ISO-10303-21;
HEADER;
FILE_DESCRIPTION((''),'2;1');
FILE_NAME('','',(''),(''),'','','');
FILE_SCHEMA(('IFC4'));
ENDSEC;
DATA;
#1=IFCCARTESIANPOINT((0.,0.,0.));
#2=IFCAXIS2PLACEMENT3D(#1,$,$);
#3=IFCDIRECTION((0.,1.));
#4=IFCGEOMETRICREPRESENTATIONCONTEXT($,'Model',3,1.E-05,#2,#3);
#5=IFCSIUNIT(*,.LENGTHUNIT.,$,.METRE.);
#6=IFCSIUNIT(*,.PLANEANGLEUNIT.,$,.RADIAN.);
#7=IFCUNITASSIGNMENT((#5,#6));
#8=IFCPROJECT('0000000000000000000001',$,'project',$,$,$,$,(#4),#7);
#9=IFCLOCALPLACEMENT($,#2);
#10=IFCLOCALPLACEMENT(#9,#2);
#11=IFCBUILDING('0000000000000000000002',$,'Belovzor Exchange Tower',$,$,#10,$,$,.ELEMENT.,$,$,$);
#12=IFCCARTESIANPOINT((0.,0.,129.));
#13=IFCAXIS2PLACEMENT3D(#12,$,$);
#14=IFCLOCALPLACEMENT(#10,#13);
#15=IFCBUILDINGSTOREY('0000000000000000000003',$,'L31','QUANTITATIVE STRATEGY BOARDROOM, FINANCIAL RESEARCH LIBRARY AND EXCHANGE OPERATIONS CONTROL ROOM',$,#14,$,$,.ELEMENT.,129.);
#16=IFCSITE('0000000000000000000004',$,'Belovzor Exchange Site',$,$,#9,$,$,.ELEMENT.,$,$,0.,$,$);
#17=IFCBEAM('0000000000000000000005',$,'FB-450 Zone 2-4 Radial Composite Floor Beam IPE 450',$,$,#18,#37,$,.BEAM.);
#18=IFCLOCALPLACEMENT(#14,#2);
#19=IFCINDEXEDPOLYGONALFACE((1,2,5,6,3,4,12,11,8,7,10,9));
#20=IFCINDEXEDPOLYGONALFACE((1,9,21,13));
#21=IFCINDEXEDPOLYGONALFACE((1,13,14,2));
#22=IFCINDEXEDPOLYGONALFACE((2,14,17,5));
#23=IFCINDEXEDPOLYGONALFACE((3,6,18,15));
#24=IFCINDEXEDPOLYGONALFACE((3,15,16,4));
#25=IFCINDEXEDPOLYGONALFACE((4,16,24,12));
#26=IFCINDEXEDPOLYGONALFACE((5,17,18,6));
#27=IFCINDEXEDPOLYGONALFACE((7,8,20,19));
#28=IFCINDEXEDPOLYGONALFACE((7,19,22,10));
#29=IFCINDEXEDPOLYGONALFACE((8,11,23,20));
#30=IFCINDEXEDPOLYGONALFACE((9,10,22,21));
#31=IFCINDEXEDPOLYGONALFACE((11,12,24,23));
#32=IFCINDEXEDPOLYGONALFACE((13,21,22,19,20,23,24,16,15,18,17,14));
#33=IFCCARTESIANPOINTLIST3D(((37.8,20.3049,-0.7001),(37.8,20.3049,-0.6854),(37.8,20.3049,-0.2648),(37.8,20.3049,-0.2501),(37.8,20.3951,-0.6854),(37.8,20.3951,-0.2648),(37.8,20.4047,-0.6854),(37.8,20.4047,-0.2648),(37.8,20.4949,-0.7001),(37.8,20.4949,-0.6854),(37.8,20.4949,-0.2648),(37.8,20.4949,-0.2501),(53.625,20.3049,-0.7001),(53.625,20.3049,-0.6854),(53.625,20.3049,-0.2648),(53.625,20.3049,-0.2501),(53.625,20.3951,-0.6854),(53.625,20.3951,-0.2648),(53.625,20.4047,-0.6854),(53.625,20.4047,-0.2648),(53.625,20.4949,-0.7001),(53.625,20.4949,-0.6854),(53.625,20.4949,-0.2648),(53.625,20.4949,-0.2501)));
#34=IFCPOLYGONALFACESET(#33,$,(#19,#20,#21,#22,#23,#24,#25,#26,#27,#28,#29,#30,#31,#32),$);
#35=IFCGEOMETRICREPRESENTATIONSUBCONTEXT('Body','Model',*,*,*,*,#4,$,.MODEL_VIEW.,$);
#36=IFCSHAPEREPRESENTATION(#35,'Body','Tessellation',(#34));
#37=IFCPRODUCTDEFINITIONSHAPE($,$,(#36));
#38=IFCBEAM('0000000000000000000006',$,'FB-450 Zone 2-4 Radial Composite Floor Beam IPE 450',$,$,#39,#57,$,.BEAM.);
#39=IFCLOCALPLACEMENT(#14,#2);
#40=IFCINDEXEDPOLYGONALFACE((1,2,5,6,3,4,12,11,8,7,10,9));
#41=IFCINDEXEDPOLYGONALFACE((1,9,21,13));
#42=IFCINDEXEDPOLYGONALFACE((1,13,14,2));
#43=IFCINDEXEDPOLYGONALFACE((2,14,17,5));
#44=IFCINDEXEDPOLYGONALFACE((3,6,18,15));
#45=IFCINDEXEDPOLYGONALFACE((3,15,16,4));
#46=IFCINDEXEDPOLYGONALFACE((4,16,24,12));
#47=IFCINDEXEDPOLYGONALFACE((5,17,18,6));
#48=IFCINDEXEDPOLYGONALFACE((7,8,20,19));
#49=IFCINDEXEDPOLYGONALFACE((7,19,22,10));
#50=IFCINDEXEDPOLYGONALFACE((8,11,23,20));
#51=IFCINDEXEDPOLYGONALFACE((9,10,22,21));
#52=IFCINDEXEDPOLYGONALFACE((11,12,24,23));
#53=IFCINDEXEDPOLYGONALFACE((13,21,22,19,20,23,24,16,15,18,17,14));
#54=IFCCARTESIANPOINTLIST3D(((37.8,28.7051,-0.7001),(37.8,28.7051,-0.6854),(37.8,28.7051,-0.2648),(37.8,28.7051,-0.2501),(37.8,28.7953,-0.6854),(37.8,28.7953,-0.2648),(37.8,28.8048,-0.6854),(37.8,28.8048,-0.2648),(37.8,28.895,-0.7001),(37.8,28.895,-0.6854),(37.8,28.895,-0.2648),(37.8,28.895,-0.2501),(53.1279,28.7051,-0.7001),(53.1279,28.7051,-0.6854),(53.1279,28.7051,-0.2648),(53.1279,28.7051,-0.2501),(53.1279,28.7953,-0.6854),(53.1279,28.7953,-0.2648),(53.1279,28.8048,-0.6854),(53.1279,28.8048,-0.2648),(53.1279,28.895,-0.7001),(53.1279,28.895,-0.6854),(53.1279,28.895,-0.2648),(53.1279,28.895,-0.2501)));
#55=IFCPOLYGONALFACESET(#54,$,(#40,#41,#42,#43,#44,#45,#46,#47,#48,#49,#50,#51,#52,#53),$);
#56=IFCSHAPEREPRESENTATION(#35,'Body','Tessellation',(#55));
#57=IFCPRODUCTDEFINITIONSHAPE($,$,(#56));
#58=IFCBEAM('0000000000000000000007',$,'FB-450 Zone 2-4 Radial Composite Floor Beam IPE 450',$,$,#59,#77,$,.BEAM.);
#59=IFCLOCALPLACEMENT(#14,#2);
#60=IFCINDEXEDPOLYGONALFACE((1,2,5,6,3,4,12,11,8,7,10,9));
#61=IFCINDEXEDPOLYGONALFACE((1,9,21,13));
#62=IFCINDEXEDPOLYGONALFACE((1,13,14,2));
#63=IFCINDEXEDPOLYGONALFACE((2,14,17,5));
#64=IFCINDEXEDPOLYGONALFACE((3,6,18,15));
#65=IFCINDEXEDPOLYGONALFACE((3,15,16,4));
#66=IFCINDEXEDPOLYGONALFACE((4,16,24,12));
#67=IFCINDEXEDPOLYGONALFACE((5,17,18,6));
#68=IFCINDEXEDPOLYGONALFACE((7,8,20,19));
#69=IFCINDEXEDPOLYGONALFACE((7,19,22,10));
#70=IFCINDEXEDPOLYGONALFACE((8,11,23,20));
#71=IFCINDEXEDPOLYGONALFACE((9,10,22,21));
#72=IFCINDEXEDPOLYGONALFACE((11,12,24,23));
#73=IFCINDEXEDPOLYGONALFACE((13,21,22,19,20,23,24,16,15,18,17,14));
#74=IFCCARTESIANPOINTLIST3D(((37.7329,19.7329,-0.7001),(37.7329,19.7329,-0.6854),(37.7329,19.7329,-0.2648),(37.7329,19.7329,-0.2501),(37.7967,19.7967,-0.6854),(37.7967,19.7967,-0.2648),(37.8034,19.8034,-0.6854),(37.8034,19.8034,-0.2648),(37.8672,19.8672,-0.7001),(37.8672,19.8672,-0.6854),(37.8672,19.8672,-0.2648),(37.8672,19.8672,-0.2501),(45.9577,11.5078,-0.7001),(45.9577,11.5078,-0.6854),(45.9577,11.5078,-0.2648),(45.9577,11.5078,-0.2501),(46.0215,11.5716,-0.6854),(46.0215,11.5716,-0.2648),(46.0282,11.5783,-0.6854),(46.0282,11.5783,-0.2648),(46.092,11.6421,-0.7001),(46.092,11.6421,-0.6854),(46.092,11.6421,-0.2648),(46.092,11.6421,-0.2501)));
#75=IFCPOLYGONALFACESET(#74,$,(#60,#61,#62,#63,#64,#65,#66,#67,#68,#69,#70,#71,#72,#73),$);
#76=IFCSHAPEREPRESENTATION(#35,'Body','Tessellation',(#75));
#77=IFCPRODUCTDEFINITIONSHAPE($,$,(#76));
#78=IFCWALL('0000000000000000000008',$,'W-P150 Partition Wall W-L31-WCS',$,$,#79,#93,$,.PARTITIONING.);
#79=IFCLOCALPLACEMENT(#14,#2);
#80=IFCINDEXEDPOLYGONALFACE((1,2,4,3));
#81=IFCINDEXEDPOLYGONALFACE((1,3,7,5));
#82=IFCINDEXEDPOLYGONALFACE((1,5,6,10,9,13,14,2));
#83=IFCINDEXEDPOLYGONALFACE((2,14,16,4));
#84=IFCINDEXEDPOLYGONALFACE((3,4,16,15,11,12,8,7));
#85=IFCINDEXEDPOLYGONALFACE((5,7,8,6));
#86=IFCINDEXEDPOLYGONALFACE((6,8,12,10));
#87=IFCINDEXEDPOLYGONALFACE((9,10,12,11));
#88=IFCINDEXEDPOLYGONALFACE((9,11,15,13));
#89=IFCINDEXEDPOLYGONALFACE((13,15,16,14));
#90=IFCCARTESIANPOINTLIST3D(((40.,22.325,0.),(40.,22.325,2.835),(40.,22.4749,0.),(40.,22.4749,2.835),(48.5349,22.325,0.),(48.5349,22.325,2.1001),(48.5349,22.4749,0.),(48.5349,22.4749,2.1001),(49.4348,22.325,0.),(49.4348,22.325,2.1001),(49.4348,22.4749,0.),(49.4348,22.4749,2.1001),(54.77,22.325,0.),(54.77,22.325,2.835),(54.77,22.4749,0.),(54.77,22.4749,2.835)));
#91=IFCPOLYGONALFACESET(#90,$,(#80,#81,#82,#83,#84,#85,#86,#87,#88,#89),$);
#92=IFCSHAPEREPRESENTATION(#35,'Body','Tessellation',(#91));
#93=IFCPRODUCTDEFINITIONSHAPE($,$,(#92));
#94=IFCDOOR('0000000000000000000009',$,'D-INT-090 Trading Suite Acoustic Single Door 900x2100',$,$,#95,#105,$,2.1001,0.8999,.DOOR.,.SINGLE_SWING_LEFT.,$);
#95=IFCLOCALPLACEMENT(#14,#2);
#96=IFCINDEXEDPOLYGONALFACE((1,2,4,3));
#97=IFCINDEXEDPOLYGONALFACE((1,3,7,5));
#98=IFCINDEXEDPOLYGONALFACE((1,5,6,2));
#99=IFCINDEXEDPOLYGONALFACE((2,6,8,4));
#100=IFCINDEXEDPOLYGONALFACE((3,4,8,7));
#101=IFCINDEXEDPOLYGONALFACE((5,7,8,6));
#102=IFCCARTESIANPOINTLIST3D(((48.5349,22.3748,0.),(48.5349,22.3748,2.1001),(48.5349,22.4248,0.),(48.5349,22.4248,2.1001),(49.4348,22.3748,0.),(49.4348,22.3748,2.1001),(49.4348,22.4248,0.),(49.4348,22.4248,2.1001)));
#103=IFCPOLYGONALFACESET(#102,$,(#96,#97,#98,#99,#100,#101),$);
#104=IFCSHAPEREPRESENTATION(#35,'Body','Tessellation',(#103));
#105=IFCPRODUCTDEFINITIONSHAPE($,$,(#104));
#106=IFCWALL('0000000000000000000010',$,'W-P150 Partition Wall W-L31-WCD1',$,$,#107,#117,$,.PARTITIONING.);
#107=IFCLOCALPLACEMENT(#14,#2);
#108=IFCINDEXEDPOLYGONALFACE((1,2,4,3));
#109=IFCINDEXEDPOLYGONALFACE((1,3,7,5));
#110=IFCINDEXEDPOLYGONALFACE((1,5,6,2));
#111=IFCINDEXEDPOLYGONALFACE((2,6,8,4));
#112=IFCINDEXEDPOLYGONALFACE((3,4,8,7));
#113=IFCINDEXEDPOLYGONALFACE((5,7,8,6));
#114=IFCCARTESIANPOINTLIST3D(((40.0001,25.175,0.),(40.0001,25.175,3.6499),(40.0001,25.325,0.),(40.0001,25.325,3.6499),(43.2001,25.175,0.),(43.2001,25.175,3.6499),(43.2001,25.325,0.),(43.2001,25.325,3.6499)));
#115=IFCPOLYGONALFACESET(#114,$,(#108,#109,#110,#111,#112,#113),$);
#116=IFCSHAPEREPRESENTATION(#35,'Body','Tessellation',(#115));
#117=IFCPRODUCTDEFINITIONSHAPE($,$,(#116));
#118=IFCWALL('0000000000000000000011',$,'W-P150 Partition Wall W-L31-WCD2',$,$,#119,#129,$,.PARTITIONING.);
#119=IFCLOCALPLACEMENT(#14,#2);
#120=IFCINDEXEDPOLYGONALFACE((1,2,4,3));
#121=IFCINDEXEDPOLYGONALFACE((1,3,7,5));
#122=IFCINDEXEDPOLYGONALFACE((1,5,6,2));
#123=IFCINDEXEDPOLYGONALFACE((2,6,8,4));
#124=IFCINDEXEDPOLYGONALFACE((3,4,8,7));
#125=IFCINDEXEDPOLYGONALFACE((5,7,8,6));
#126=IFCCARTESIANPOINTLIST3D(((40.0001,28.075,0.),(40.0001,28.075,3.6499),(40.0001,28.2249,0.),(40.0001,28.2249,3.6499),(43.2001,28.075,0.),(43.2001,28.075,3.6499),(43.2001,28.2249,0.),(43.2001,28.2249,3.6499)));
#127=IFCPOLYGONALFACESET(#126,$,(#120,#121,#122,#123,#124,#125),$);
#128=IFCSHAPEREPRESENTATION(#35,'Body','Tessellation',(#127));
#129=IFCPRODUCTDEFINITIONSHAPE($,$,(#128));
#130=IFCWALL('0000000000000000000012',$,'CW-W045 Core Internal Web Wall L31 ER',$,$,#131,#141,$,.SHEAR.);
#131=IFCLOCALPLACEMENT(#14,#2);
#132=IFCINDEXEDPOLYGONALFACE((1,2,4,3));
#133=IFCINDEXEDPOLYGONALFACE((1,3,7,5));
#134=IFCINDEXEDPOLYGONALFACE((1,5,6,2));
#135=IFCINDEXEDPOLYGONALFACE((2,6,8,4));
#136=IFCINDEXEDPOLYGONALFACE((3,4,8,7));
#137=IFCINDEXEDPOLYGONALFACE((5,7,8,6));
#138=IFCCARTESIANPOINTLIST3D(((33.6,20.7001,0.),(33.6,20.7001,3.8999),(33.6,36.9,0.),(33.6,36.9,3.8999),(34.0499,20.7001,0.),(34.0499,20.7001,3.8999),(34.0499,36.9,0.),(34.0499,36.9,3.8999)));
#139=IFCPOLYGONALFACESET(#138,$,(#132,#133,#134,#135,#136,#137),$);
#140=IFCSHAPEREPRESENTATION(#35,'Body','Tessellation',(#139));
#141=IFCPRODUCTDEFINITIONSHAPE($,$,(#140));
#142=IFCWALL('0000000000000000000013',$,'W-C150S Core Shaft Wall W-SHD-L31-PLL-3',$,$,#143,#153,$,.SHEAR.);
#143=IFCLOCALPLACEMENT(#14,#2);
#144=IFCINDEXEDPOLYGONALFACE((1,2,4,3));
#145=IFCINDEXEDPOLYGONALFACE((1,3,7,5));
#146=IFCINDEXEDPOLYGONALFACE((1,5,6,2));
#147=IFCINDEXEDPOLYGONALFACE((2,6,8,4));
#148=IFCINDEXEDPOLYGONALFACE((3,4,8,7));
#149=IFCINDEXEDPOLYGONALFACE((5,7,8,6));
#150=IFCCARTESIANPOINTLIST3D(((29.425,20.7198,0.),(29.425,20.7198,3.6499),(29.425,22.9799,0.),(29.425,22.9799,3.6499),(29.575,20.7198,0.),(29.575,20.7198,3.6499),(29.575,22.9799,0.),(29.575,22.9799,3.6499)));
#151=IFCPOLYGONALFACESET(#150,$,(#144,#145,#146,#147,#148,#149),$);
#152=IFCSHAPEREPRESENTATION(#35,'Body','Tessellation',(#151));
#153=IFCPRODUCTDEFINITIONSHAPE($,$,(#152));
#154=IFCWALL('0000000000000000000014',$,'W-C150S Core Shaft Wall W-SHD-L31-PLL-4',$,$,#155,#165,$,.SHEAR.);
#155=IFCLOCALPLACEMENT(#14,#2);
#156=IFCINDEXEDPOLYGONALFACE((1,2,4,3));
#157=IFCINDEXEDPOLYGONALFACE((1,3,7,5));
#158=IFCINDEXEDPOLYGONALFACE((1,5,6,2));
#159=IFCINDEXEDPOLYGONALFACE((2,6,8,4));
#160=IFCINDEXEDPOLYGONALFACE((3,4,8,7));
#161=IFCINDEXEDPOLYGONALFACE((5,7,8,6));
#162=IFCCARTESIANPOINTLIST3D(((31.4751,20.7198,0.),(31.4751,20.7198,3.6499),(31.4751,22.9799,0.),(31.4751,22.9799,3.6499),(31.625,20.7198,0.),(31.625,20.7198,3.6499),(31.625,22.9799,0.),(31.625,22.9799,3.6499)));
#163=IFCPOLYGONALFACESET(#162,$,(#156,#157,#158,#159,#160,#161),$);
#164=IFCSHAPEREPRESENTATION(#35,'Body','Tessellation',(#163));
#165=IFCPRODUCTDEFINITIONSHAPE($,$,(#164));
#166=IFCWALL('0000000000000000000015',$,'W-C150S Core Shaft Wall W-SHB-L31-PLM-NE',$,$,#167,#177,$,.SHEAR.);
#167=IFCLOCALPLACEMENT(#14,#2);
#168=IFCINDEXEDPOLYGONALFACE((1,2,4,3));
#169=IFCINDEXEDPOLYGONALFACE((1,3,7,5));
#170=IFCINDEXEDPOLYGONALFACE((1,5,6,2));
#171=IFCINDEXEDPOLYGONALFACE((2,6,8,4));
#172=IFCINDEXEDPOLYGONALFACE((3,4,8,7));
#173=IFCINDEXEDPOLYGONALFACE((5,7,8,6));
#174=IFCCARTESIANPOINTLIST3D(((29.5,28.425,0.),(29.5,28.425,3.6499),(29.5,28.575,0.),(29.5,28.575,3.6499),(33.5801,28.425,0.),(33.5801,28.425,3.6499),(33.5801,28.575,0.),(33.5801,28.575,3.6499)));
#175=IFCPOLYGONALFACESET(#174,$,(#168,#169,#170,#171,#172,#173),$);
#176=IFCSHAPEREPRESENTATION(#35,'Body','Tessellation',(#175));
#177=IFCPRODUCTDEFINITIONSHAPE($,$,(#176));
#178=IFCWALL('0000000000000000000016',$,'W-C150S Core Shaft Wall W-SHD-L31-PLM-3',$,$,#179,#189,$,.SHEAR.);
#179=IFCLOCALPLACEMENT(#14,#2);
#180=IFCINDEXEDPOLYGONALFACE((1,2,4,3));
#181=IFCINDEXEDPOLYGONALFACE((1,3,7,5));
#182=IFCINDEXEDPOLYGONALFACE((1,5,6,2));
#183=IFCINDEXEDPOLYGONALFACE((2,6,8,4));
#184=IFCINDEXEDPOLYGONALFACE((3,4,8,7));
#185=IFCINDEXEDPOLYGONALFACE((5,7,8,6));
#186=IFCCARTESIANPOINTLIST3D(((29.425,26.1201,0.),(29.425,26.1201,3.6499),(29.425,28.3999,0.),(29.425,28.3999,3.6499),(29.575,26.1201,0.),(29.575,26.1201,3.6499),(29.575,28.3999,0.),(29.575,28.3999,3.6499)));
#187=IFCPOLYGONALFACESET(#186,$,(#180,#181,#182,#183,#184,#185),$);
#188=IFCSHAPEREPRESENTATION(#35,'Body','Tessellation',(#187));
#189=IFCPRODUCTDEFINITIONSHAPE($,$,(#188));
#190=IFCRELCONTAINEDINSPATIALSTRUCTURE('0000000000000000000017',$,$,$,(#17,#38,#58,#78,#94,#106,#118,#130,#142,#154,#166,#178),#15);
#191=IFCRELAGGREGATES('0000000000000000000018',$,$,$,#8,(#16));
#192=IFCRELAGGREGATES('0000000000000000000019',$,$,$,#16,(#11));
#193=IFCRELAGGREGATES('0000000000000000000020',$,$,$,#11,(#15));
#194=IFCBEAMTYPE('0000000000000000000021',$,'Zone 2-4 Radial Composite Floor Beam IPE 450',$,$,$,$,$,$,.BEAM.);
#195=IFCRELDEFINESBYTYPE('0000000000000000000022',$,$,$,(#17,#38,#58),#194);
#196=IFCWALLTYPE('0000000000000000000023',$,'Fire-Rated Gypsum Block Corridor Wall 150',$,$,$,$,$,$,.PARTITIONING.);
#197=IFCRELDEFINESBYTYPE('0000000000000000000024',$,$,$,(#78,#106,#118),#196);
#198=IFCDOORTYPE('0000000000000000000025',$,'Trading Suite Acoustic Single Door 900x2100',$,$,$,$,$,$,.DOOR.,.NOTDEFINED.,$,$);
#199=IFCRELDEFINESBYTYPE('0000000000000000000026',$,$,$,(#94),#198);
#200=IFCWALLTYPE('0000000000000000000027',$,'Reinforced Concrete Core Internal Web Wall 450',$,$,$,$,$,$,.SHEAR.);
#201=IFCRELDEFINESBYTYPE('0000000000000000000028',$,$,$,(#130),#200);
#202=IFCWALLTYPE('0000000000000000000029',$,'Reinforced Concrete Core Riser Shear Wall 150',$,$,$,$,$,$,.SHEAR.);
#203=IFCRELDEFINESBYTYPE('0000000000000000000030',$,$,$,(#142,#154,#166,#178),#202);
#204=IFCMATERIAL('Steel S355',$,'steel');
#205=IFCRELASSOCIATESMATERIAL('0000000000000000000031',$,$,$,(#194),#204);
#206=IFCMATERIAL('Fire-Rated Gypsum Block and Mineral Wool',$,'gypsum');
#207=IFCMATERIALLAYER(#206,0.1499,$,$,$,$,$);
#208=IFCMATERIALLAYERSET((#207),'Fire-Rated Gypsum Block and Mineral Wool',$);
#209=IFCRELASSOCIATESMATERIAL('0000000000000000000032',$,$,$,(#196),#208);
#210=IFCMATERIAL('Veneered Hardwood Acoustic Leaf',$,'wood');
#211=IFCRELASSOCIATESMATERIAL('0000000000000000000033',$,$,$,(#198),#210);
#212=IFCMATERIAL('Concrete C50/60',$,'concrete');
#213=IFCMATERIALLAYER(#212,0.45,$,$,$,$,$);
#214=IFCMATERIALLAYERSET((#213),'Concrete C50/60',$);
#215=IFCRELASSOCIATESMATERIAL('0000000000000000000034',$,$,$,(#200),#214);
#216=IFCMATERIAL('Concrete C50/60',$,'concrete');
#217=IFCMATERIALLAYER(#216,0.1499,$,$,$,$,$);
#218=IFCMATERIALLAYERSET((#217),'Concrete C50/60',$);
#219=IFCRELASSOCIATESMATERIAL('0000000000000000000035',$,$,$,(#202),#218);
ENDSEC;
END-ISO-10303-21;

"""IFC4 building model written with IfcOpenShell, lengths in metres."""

from ifc_helpers import new_model, si_unit, direction, frame, frame_2d, origin, origin_2d, place, context, subcontext, project, spatial, rectangle, i_section, extrude, material, layer, layer_set, material_profile, profile_set, type_object, element, fill, save


model = new_model("IFC4")

# Units and contexts
model_context = context("Model", 3, precision=1e-05, world=origin(), true_north=direction((0.0, 1.0)))
body_context = subcontext(model_context, "Body", "Model", "MODEL_VIEW")
ifc_project = project(units=[si_unit("LENGTHUNIT", "METRE"), si_unit("PLANEANGLEUNIT", "RADIAN")], contexts=[model_context])

# Site, building, storey
site_placement = place(None, origin())
site = spatial("IfcSite", under=ifc_project, at=site_placement, Name="Belovzor Exchange Site", CompositionType="ELEMENT", RefElevation=0.0)
building_placement = place(site_placement, origin())
building = spatial("IfcBuilding", under=site, at=building_placement, Name="Belovzor Exchange Tower", CompositionType="ELEMENT")
storey_placement = place(building_placement, frame((0.0, 0.0, 129.0)))
storey = spatial("IfcBuildingStorey", under=building, at=storey_placement, Name="L31", Description="QUANTITATIVE STRATEGY BOARDROOM, FINANCIAL RESEARCH LIBRARY AND EXCHANGE OPERATIONS CONTROL ROOM", CompositionType="ELEMENT", Elevation=129.0)

# Beams
ifc_material_1 = material(Name="Steel S355", Category="steel")
ifc_material_profile = material_profile(ifc_material_1, i_section(OverallWidth=0.1899, OverallDepth=0.45, WebThickness=0.0095, FlangeThickness=0.0146, at=origin_2d()))
ifc_profile_set = profile_set([ifc_material_profile], Name="Steel S355")
beam_type = type_object("IfcBeamType", Name="Zone 2-4 Radial Composite Floor Beam IPE 450", PredefinedType="BEAM", material=ifc_profile_set)
beam_1_placement = place(storey_placement, frame((37.8, 20.3999, -0.4751), z_axis=(1.0, 0.0, 0.0), x_axis=(0.0, 1.0, 0.0)))
element("IfcBeam", 1, at=beam_1_placement, inside=storey, type_object=beam_type, Name="FB-450 Zone 2-4 Radial Composite Floor Beam IPE 450", PredefinedType="BEAM", context=body_context, shape_type="SweptSolid", body=[
    extrude(i_section(OverallWidth=0.1899, OverallDepth=0.45, WebThickness=0.0095, FlangeThickness=0.0146, at=origin_2d()), origin(), (0.0, 0.0, 1.0), 15.825),
])
beam_2_placement = place(storey_placement, frame((37.8, 28.8, -0.4751), z_axis=(1.0, 0.0, 0.0), x_axis=(0.0, 1.0, 0.0)))
element("IfcBeam", 2, at=beam_2_placement, inside=storey, type_object=beam_type, Name="FB-450 Zone 2-4 Radial Composite Floor Beam IPE 450", PredefinedType="BEAM", context=body_context, shape_type="SweptSolid", body=[
    extrude(i_section(OverallWidth=0.1899, OverallDepth=0.45, WebThickness=0.0095, FlangeThickness=0.0146, at=origin_2d()), origin(), (0.0, 0.0, 1.0), 15.3279),
])
beam_3_placement = place(storey_placement, frame((37.8, 19.8, -0.4751), z_axis=(0.707096, -0.707117, 0.0), x_axis=(0.707117, 0.707096, 0.0)))
element("IfcBeam", 3, at=beam_3_placement, inside=storey, type_object=beam_type, Name="FB-450 Zone 2-4 Radial Composite Floor Beam IPE 450", PredefinedType="BEAM", context=body_context, shape_type="SweptSolid", body=[
    extrude(i_section(OverallWidth=0.1899, OverallDepth=0.45, WebThickness=0.0095, FlangeThickness=0.0146, at=origin_2d()), origin(), (0.0, 0.0, 1.0), 11.6318),
])

# Wall, opening, door
ifc_material_2 = material(Name="Fire-Rated Gypsum Block and Mineral Wool", Category="gypsum")
ifc_layer_1 = layer(ifc_material_2, 0.1499)
ifc_layer_set_1 = layer_set([ifc_layer_1], Name="Fire-Rated Gypsum Block and Mineral Wool")
wall_type_1 = type_object("IfcWallType", Name="Fire-Rated Gypsum Block Corridor Wall 150", PredefinedType="PARTITIONING", material=ifc_layer_set_1)
wall_1_placement = place(storey_placement, frame((40.0, 22.3999, 0.0), z_axis=(0.0, 0.0, 1.0), x_axis=(1.0, 0.0, 0.0)))
wall_1 = element("IfcWall", 4, at=wall_1_placement, inside=storey, type_object=wall_type_1, Name="W-P150 Partition Wall W-L31-WCS", PredefinedType="PARTITIONING", context=body_context, shape_type="SweptSolid", body=[
    extrude(rectangle(XDim=14.77, YDim=0.1499, at=frame_2d((7.385, 0.0))), origin(), (0.0, 0.0, 1.0), 2.835),
])
opening_1_placement = place(wall_1_placement, frame((8.5349, 0.0, 0.0)))
opening_1 = element("IfcOpeningElement", 5, at=opening_1_placement, cuts=wall_1, PredefinedType="OPENING", context=body_context, shape_type="SweptSolid", body=[
    extrude(rectangle(XDim=0.8999, YDim=2.1001, at=frame_2d((0.45, 1.05))), frame((0.0, 0.085, 0.0), z_axis=(0.0, -1.0, 0.0), x_axis=(1.0, 0.0, 0.0)), (0.0, 0.0, 1.0), 0.1699),
])
ifc_material_3 = material(Name="Veneered Hardwood Acoustic Leaf", Category="wood")
door_type_1 = type_object("IfcDoorType", Name="Trading Suite Acoustic Single Door 900x2100", OperationType="NOTDEFINED", PredefinedType="DOOR", material=ifc_material_3)
door_1_placement = place(opening_1_placement, origin())
door_1 = element("IfcDoor", 6, at=door_1_placement, inside=storey, type_object=door_type_1, Name="D-INT-090 Trading Suite Acoustic Single Door 900x2100", OperationType="SINGLE_SWING_LEFT", OverallHeight=2.1001, OverallWidth=0.8999, PredefinedType="DOOR", context=body_context, shape_type="SweptSolid", body=[
    extrude(rectangle(XDim=0.8999, YDim=2.1001, at=frame_2d((0.45, 1.05))), frame((0.0, 0.0249, 0.0), z_axis=(0.0, -1.0, 0.0), x_axis=(1.0, 0.0, 0.0)), (0.0, 0.0, 1.0), 0.05),
])
fill(opening_1, door_1)

# Walls
for number, where, z_axis, x_axis, name in (
    (7, (40.0, 25.25, 0.0), (0.0, 0.0, 1.0), (1.0, 0.0, 0.0), "W-P150 Partition Wall W-L31-WCD1"),
    (8, (40.0, 28.1499, 0.0), (0.0, 0.0, 1.0), (1.0, 0.0, 0.0), "W-P150 Partition Wall W-L31-WCD2"),
):
    element("IfcWall", number, at=place(storey_placement, frame(where, z_axis=z_axis, x_axis=x_axis)), inside=storey, type_object=wall_type_1, Name=name, PredefinedType="PARTITIONING", context=body_context, shape_type="SweptSolid", body=[
        extrude(rectangle(XDim=3.2, YDim=0.1499, at=frame_2d((1.6001, 0.0))), origin(), (0.0, 0.0, 1.0), 3.6499),
    ])
ifc_material_4 = material(Name="Concrete C50/60", Category="concrete")
ifc_layer_2 = layer(ifc_material_4, 0.45)
ifc_layer_set_2 = layer_set([ifc_layer_2], Name="Concrete C50/60")
wall_type_2 = type_object("IfcWallType", Name="Reinforced Concrete Core Internal Web Wall 450", PredefinedType="SHEAR", material=ifc_layer_set_2)
wall_2_placement = place(storey_placement, frame((33.825, 20.7, 0.0), z_axis=(0.0, 0.0, 1.0), x_axis=(0.0, 1.0, 0.0)))
element("IfcWall", 9, at=wall_2_placement, inside=storey, type_object=wall_type_2, Name="CW-W045 Core Internal Web Wall L31 ER", PredefinedType="SHEAR", context=body_context, shape_type="SweptSolid", body=[
    extrude(rectangle(XDim=16.2, YDim=0.45, at=frame_2d((8.1001, 0.0))), origin(), (0.0, 0.0, 1.0), 3.8999),
])
ifc_material_5 = material(Name="Concrete C50/60", Category="concrete")
ifc_layer_3 = layer(ifc_material_5, 0.1499)
ifc_layer_set_3 = layer_set([ifc_layer_3], Name="Concrete C50/60")
wall_type_3 = type_object("IfcWallType", Name="Reinforced Concrete Core Riser Shear Wall 150", PredefinedType="SHEAR", material=ifc_layer_set_3)
for number, where, z_axis, x_axis, name in (
    (10, (29.5, 20.72, 0.0), (0.0, 0.0, 1.0), (0.0, 1.0, 0.0), "W-C150S Core Shaft Wall W-SHD-L31-PLL-3"),
    (11, (31.55, 20.72, 0.0), (0.0, 0.0, 1.0), (0.0, 1.0, 0.0), "W-C150S Core Shaft Wall W-SHD-L31-PLL-4"),
):
    element("IfcWall", number, at=place(storey_placement, frame(where, z_axis=z_axis, x_axis=x_axis)), inside=storey, type_object=wall_type_3, Name=name, PredefinedType="SHEAR", context=body_context, shape_type="SweptSolid", body=[
        extrude(rectangle(XDim=2.26, YDim=0.1499, at=frame_2d((1.1299, 0.0))), origin(), (0.0, 0.0, 1.0), 3.6499),
    ])
wall_3_placement = place(storey_placement, frame((29.5, 28.5, 0.0), z_axis=(0.0, 0.0, 1.0), x_axis=(1.0, 0.0, 0.0)))
element("IfcWall", 12, at=wall_3_placement, inside=storey, type_object=wall_type_3, Name="W-C150S Core Shaft Wall W-SHB-L31-PLM-NE", PredefinedType="SHEAR", context=body_context, shape_type="SweptSolid", body=[
    extrude(rectangle(XDim=4.0801, YDim=0.1499, at=frame_2d((2.04, 0.0))), origin(), (0.0, 0.0, 1.0), 3.6499),
])
for number, where, z_axis, x_axis, name in (
    (13, (29.5, 26.1201, 0.0), (0.0, 0.0, 1.0), (0.0, 1.0, 0.0), "W-C150S Core Shaft Wall W-SHD-L31-PLM-3"),
):
    element("IfcWall", number, at=place(storey_placement, frame(where, z_axis=z_axis, x_axis=x_axis)), inside=storey, type_object=wall_type_3, Name=name, PredefinedType="SHEAR", context=body_context, shape_type="SweptSolid", body=[
        extrude(rectangle(XDim=2.2798, YDim=0.1499, at=frame_2d((1.1399, 0.0))), origin(), (0.0, 0.0, 1.0), 3.6499),
    ])

save(model, "model.ifc")
